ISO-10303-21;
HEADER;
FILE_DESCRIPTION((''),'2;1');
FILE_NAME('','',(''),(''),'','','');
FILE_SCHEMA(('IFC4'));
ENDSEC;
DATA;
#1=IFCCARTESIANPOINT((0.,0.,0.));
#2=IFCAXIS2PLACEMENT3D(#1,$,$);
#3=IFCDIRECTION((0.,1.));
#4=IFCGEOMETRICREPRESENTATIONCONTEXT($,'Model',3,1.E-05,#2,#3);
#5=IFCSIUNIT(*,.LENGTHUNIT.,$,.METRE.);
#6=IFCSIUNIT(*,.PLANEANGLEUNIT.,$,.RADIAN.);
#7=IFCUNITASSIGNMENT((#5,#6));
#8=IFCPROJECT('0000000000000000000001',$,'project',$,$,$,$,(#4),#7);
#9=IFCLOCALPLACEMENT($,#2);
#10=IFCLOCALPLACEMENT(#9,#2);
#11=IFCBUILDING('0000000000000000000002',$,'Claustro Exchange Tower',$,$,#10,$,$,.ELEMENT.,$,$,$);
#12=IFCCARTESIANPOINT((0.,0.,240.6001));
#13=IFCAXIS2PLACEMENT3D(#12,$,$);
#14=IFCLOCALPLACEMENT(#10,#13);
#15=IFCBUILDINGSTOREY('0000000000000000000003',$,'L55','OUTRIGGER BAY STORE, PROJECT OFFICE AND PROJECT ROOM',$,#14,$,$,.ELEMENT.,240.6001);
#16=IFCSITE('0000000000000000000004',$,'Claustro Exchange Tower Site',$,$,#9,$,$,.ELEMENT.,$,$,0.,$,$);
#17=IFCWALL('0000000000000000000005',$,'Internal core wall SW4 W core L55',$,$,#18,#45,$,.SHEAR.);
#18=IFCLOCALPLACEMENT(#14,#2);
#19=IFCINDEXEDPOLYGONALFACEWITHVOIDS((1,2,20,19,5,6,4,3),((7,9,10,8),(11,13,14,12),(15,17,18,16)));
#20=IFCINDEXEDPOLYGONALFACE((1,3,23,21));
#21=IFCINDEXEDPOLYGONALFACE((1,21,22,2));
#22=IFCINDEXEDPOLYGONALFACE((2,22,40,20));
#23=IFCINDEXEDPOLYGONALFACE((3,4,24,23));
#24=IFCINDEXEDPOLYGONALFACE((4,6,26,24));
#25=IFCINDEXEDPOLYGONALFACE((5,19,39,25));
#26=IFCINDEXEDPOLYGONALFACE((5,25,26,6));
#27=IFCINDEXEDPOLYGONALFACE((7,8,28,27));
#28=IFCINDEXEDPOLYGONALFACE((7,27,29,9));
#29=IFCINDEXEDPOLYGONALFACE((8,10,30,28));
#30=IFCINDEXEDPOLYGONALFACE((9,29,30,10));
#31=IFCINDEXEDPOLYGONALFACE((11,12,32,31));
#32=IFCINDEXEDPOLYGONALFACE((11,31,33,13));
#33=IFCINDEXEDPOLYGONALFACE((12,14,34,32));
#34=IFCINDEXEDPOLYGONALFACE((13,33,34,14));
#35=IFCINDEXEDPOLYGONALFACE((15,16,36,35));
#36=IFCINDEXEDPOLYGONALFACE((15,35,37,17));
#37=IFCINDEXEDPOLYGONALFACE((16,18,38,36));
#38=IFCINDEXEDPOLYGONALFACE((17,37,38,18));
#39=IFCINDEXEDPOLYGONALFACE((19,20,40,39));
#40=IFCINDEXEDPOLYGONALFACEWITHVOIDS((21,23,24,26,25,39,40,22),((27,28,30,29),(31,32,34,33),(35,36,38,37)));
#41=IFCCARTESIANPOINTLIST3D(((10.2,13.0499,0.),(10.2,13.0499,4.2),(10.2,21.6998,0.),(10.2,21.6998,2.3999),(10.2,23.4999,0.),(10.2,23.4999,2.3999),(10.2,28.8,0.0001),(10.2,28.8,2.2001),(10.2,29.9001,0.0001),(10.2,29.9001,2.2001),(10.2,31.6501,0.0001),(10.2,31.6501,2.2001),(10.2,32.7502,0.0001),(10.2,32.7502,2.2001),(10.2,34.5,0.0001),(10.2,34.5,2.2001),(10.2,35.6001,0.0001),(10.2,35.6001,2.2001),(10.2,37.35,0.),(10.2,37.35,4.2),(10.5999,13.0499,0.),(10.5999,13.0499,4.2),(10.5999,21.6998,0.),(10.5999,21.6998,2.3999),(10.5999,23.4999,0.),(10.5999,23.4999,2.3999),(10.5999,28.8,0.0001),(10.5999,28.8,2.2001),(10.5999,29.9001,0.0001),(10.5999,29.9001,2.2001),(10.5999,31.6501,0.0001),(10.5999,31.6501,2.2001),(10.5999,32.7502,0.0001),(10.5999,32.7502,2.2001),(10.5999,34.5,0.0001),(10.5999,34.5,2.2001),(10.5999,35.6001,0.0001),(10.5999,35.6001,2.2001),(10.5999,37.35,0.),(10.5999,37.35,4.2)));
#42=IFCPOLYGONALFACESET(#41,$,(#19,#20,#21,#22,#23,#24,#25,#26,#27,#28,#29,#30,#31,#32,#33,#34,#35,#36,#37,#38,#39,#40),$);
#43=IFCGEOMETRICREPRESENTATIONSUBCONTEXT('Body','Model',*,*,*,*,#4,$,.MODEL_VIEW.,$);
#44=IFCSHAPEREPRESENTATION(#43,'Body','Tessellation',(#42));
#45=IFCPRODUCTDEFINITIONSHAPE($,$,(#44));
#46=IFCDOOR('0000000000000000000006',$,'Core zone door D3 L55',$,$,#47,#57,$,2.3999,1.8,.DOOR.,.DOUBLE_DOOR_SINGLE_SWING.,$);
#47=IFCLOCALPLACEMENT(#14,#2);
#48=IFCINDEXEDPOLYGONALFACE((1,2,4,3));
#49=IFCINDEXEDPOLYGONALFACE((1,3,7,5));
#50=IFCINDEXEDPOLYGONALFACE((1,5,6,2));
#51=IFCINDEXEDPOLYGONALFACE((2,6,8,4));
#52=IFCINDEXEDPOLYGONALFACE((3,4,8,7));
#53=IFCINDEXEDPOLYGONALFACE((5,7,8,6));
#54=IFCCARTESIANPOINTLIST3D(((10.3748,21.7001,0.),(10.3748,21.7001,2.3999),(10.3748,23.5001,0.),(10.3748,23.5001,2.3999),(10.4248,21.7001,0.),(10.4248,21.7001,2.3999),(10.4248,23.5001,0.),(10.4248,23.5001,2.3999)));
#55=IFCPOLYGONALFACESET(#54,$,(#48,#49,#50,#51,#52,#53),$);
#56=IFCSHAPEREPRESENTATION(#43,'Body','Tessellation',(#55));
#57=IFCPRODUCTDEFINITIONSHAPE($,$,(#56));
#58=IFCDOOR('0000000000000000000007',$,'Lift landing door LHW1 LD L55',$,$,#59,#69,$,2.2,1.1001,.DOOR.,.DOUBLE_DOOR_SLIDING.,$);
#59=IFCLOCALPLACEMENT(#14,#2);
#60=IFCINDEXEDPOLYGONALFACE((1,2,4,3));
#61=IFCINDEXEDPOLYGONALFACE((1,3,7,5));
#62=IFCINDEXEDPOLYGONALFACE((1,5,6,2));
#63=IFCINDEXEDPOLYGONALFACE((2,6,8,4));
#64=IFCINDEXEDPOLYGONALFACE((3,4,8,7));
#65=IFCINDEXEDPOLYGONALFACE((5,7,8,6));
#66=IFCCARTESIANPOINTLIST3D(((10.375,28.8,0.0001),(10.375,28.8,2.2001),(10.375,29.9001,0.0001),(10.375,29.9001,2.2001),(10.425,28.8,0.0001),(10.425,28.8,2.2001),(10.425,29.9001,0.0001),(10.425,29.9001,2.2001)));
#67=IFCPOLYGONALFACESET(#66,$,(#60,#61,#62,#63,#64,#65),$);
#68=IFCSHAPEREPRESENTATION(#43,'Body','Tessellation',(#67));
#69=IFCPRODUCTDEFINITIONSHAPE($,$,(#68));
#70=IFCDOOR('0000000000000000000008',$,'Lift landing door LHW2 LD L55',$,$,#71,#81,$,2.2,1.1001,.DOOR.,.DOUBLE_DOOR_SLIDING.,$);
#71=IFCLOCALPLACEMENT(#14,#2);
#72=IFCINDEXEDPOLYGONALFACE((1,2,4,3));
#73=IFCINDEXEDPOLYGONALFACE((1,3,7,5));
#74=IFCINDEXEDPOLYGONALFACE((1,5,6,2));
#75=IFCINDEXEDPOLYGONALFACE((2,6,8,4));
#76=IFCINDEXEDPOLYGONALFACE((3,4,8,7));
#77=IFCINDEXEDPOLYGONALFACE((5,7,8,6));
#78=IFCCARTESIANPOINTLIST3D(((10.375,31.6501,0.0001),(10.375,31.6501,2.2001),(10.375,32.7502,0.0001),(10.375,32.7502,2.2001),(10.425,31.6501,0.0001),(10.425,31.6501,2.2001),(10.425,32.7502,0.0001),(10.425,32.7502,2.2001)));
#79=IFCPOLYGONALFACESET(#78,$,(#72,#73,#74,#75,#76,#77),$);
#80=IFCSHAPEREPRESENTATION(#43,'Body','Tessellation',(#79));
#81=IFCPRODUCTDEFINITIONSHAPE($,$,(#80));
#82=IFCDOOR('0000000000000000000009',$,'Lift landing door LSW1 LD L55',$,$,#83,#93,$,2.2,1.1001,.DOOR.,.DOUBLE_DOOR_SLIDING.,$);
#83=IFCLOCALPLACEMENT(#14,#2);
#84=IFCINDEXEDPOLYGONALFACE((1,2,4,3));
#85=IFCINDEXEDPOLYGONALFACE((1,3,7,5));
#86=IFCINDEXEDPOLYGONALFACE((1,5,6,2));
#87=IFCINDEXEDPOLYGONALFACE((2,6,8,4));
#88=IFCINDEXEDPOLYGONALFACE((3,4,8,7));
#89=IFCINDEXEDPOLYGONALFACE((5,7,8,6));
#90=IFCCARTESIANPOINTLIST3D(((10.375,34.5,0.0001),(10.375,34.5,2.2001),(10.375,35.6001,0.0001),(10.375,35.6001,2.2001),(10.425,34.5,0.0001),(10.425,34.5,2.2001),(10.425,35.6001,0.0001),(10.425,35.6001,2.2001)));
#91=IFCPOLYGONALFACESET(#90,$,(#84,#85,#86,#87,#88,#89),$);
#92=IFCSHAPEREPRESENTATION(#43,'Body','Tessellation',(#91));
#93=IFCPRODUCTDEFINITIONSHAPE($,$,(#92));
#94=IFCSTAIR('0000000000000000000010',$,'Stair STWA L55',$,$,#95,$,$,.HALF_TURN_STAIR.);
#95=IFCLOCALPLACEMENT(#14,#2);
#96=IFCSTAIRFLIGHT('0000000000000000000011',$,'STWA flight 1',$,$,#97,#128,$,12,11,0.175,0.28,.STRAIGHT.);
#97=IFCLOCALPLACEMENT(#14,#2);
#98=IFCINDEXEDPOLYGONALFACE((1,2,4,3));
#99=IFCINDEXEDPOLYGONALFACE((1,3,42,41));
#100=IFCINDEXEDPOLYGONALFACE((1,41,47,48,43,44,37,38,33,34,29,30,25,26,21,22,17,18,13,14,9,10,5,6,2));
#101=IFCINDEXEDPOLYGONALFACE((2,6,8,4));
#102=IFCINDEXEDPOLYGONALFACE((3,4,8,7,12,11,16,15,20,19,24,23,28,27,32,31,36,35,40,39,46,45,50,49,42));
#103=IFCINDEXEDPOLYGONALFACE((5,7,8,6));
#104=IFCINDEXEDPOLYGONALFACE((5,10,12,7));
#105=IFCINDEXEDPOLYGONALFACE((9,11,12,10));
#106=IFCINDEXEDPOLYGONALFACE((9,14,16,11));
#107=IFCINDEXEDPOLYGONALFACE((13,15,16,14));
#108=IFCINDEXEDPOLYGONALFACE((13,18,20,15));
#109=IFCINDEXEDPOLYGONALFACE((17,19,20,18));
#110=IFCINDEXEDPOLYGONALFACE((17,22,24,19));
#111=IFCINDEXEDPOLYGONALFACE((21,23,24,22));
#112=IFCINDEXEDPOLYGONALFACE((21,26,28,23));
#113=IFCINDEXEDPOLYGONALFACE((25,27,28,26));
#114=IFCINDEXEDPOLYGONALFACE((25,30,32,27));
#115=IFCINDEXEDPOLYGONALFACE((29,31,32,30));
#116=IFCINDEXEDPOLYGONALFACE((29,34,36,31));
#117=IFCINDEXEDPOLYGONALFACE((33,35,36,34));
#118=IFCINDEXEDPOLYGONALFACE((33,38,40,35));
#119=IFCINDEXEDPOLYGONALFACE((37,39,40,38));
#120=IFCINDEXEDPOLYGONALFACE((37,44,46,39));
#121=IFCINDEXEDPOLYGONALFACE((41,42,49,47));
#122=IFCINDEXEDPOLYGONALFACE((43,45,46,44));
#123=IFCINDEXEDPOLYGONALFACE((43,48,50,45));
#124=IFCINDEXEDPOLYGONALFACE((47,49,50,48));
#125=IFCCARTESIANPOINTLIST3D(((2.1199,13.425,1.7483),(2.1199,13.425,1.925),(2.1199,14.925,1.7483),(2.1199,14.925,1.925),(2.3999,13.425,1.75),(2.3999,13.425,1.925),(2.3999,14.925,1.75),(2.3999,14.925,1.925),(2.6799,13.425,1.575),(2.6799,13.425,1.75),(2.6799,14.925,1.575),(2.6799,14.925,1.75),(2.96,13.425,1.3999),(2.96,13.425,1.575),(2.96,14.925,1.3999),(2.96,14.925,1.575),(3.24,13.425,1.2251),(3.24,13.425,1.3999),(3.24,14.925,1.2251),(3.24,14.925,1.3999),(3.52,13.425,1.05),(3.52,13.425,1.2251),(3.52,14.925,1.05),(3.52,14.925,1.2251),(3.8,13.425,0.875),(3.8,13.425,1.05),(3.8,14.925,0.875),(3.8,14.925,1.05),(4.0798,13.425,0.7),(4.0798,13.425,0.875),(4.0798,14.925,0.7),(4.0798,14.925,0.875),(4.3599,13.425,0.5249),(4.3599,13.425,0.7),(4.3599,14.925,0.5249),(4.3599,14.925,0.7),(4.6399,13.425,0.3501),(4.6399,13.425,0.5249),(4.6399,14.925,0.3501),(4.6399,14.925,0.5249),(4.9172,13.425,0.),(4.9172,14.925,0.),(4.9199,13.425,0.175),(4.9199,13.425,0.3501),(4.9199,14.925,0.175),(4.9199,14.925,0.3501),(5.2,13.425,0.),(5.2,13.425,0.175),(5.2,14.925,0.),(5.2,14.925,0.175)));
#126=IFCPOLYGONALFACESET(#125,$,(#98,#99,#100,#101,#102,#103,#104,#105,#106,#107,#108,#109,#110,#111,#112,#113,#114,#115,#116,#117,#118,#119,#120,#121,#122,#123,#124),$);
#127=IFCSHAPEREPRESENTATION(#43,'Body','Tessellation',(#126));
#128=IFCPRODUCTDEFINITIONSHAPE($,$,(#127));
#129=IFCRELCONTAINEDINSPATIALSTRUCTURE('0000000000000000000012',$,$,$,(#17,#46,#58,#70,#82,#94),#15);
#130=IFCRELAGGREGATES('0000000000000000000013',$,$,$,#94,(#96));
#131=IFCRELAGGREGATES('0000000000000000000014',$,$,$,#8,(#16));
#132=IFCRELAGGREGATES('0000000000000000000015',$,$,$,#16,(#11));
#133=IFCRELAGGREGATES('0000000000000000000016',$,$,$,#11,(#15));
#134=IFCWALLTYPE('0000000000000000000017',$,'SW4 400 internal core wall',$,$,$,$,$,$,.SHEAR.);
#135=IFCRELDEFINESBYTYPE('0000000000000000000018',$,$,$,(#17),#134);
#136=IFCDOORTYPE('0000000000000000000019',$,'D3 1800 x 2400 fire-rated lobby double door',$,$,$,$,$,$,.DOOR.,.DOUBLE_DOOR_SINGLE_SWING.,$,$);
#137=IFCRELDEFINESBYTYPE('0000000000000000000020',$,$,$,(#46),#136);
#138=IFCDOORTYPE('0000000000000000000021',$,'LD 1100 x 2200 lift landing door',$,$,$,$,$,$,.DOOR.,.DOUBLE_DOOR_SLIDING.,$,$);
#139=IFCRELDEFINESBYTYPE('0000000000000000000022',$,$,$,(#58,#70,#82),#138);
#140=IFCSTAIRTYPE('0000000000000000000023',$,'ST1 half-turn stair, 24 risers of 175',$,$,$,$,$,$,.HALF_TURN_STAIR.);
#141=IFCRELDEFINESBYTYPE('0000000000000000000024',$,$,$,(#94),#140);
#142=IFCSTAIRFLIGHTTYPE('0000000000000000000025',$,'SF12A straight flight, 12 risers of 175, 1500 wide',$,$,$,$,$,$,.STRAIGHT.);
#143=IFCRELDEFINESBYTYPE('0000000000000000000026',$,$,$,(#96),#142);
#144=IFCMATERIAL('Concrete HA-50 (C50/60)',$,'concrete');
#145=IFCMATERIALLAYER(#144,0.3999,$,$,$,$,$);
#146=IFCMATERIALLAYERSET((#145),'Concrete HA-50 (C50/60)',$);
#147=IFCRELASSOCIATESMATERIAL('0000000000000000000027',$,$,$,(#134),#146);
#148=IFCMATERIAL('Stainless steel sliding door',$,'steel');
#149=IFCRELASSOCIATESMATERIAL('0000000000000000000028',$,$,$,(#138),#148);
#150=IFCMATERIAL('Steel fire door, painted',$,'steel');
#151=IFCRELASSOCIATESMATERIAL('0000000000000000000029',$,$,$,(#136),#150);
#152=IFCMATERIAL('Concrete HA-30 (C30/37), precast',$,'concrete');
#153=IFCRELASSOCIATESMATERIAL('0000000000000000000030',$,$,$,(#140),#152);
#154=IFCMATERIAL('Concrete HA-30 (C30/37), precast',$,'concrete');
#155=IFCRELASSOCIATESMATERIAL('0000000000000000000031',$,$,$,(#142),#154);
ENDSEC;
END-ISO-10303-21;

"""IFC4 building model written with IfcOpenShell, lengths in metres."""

from ifc_helpers import new_model, si_unit, direction, frame, frame_2d, origin, place, context, subcontext, project, spatial, polyline, rectangle, outline, extrude, material, layer, layer_set, type_object, element, fill, aggregate, save


model = new_model("IFC4")

# Units and contexts
model_context = context("Model", 3, precision=1e-05, world=origin(), true_north=direction((0.0, 1.0)))
body_context = subcontext(model_context, "Body", "Model", "MODEL_VIEW")
ifc_project = project(units=[si_unit("LENGTHUNIT", "METRE"), si_unit("PLANEANGLEUNIT", "RADIAN")], contexts=[model_context])

# Site, building, storey
site_placement = place(None, origin())
site = spatial("IfcSite", under=ifc_project, at=site_placement, Name="Claustro Exchange Tower Site", CompositionType="ELEMENT", RefElevation=0.0)
building_placement = place(site_placement, origin())
building = spatial("IfcBuilding", under=site, at=building_placement, Name="Claustro Exchange Tower", CompositionType="ELEMENT")
storey_placement = place(building_placement, frame((0.0, 0.0, 240.6001)))
storey = spatial("IfcBuildingStorey", under=building, at=storey_placement, Name="L55", Description="OUTRIGGER BAY STORE, PROJECT OFFICE AND PROJECT ROOM", CompositionType="ELEMENT", Elevation=240.6001)

# Wall, openings, doors
ifc_material_1 = material(Name="Concrete HA-50 (C50/60)", Category="concrete")
ifc_layer_1 = layer(ifc_material_1, 0.3999)
ifc_layer_set_1 = layer_set([ifc_layer_1], Name="Concrete HA-50 (C50/60)")
wall_type_1 = type_object("IfcWallType", Name="SW4 400 internal core wall", PredefinedType="SHEAR", material=ifc_layer_set_1)
ifc_material_2 = material(Name="Stainless steel sliding door", Category="steel")
door_type_1 = type_object("IfcDoorType", Name="LD 1100 x 2200 lift landing door", OperationType="DOUBLE_DOOR_SLIDING", PredefinedType="DOOR", material=ifc_material_2)
wall_1_placement = place(storey_placement, frame((10.3999, 13.05, 0.0), z_axis=(0.0, 0.0, 1.0), x_axis=(0.0, 1.0, 0.0)))
wall_1 = element("IfcWall", 1, at=wall_1_placement, inside=storey, type_object=wall_type_1, Name="Internal core wall SW4 W core L55", PredefinedType="SHEAR", context=body_context, shape_type="SweptSolid", body=[
    extrude(rectangle(XDim=24.3, YDim=0.3999, at=frame_2d((12.1499, 0.0))), origin(), (0.0, 0.0, 1.0), 4.2),
])
opening_1_placement = place(wall_1_placement, frame((15.75, 0.0, 0.0)))
opening_1 = element("IfcOpeningElement", 2, at=opening_1_placement, cuts=wall_1, PredefinedType="OPENING", context=body_context, shape_type="SweptSolid", body=[
    extrude(rectangle(XDim=1.1001, YDim=2.2, at=frame_2d((0.55, 1.1001))), frame((0.0, 0.21, 0.0), z_axis=(0.0, -1.0, 0.0), x_axis=(1.0, 0.0, 0.0)), (0.0, 0.0, 1.0), 0.4199),
])
opening_2_placement = place(wall_1_placement, frame((18.6001, 0.0, 0.0)))
opening_2 = element("IfcOpeningElement", 3, at=opening_2_placement, cuts=wall_1, PredefinedType="OPENING", context=body_context, shape_type="SweptSolid", body=[
    extrude(rectangle(XDim=1.1001, YDim=2.2, at=frame_2d((0.55, 1.1001))), frame((0.0, 0.21, 0.0), z_axis=(0.0, -1.0, 0.0), x_axis=(1.0, 0.0, 0.0)), (0.0, 0.0, 1.0), 0.4199),
])
opening_3_placement = place(wall_1_placement, frame((21.45, 0.0, 0.0)))
opening_3 = element("IfcOpeningElement", 4, at=opening_3_placement, cuts=wall_1, PredefinedType="OPENING", context=body_context, shape_type="SweptSolid", body=[
    extrude(rectangle(XDim=1.1001, YDim=2.2, at=frame_2d((0.55, 1.1001))), frame((0.0, 0.21, 0.0), z_axis=(0.0, -1.0, 0.0), x_axis=(1.0, 0.0, 0.0)), (0.0, 0.0, 1.0), 0.4199),
])
opening_4_placement = place(wall_1_placement, frame((8.6499, 0.0, 0.0)))
opening_4 = element("IfcOpeningElement", 5, at=opening_4_placement, cuts=wall_1, PredefinedType="OPENING", context=body_context, shape_type="SweptSolid", body=[
    extrude(rectangle(XDim=1.8, YDim=2.3999, at=frame_2d((0.8999, 1.2))), frame((0.0, 0.21, 0.0), z_axis=(0.0, -1.0, 0.0), x_axis=(1.0, 0.0, 0.0)), (0.0, 0.0, 1.0), 0.4199),
])
ifc_material_3 = material(Name="Steel fire door, painted", Category="steel")
door_type_2 = type_object("IfcDoorType", Name="D3 1800 x 2400 fire-rated lobby double door", OperationType="DOUBLE_DOOR_SINGLE_SWING", PredefinedType="DOOR", material=ifc_material_3)
door_1_placement = place(opening_4_placement, frame((1.8, 0.0, 0.0), z_axis=(0.0, 0.0, 1.0), x_axis=(-1.0, 0.0, 0.0)))
door_1 = element("IfcDoor", 6, at=door_1_placement, inside=storey, type_object=door_type_2, Name="Core zone door D3 L55", OperationType="DOUBLE_DOOR_SINGLE_SWING", OverallHeight=2.3999, OverallWidth=1.8, PredefinedType="DOOR", context=body_context, shape_type="SweptSolid", body=[
    extrude(rectangle(XDim=1.8, YDim=2.3999, at=frame_2d((0.8999, 1.2))), frame((0.0, 0.0249, 0.0), z_axis=(0.0, -1.0, 0.0), x_axis=(1.0, 0.0, 0.0)), (0.0, 0.0, 1.0), 0.05),
])
fill(opening_4, door_1)
door_2_placement = place(opening_1_placement, origin())
door_2 = element("IfcDoor", 7, at=door_2_placement, inside=storey, type_object=door_type_1, Name="Lift landing door LHW1 LD L55", OperationType="DOUBLE_DOOR_SLIDING", OverallHeight=2.2, OverallWidth=1.1001, PredefinedType="DOOR", context=body_context, shape_type="SweptSolid", body=[
    extrude(rectangle(XDim=1.1001, YDim=2.2, at=frame_2d((0.55, 1.1001))), frame((0.0, 0.0249, 0.0), z_axis=(0.0, -1.0, 0.0), x_axis=(1.0, 0.0, 0.0)), (0.0, 0.0, 1.0), 0.05),
])
fill(opening_1, door_2)
door_3_placement = place(opening_2_placement, origin())
door_3 = element("IfcDoor", 8, at=door_3_placement, inside=storey, type_object=door_type_1, Name="Lift landing door LHW2 LD L55", OperationType="DOUBLE_DOOR_SLIDING", OverallHeight=2.2, OverallWidth=1.1001, PredefinedType="DOOR", context=body_context, shape_type="SweptSolid", body=[
    extrude(rectangle(XDim=1.1001, YDim=2.2, at=frame_2d((0.55, 1.1001))), frame((0.0, 0.0249, 0.0), z_axis=(0.0, -1.0, 0.0), x_axis=(1.0, 0.0, 0.0)), (0.0, 0.0, 1.0), 0.05),
])
fill(opening_2, door_3)
door_4_placement = place(opening_3_placement, origin())
door_4 = element("IfcDoor", 9, at=door_4_placement, inside=storey, type_object=door_type_1, Name="Lift landing door LSW1 LD L55", OperationType="DOUBLE_DOOR_SLIDING", OverallHeight=2.2, OverallWidth=1.1001, PredefinedType="DOOR", context=body_context, shape_type="SweptSolid", body=[
    extrude(rectangle(XDim=1.1001, YDim=2.2, at=frame_2d((0.55, 1.1001))), frame((0.0, 0.0249, 0.0), z_axis=(0.0, -1.0, 0.0), x_axis=(1.0, 0.0, 0.0)), (0.0, 0.0, 1.0), 0.05),
])
fill(opening_3, door_4)

# Stair, stair flight
ifc_material_4 = material(Name="Concrete HA-30 (C30/37), precast", Category="concrete")
stair_type = type_object("IfcStairType", Name="ST1 half-turn stair, 24 risers of 175", PredefinedType="HALF_TURN_STAIR", material=ifc_material_4)
stair_placement = place(storey_placement, origin())
stair = element("IfcStair", 10, at=stair_placement, inside=storey, type_object=stair_type, Name="Stair STWA L55", PredefinedType="HALF_TURN_STAIR")
ifc_material_5 = material(Name="Concrete HA-30 (C30/37), precast", Category="concrete")
stair_flight_type = type_object("IfcStairFlightType", Name="SF12A straight flight, 12 risers of 175, 1500 wide", PredefinedType="STRAIGHT", material=ifc_material_5)
stair_flight_placement = place(storey_placement, frame((5.2, 14.175, 0.0), z_axis=(0.0, 0.0, 1.0), x_axis=(-1.0, 0.0, 0.0)))
stair_flight = element("IfcStairFlight", 11, at=stair_flight_placement, type_object=stair_flight_type, Name="STWA flight 1", NumberOfRisers=12, NumberOfTreads=11, PredefinedType="STRAIGHT", RiserHeight=0.175, TreadLength=0.28, context=body_context, shape_type="SweptSolid", body=[
    extrude(outline(polyline([(0.0, 0.0), (0.0, 0.175), (0.28, 0.175), (0.28, 0.3501), (0.5601, 0.3501), (0.5601, 0.5249), (0.8401, 0.5249), (0.8401, 0.7), (1.1201, 0.7), (1.1201, 0.875), (1.3999, 0.875), (1.3999, 1.05), (1.6799, 1.05), (1.6799, 1.2251), (1.96, 1.2251), (1.96, 1.3999), (2.24, 1.3999), (2.24, 1.575), (2.52, 1.575), (2.52, 1.75), (2.8, 1.75), (2.8, 1.925), (3.0801, 1.925), (3.0801, 2.1001), (3.0801, 1.7483), (0.2827, 0.0), (0.0, 0.0)])), frame((0.0, 0.75, 0.0), z_axis=(0.0, -1.0, 0.0), x_axis=(1.0, 0.0, 0.0)), (0.0, 0.0, 1.0), 1.5),
])
aggregate(stair, [stair_flight])

save(model, "model.ifc")
